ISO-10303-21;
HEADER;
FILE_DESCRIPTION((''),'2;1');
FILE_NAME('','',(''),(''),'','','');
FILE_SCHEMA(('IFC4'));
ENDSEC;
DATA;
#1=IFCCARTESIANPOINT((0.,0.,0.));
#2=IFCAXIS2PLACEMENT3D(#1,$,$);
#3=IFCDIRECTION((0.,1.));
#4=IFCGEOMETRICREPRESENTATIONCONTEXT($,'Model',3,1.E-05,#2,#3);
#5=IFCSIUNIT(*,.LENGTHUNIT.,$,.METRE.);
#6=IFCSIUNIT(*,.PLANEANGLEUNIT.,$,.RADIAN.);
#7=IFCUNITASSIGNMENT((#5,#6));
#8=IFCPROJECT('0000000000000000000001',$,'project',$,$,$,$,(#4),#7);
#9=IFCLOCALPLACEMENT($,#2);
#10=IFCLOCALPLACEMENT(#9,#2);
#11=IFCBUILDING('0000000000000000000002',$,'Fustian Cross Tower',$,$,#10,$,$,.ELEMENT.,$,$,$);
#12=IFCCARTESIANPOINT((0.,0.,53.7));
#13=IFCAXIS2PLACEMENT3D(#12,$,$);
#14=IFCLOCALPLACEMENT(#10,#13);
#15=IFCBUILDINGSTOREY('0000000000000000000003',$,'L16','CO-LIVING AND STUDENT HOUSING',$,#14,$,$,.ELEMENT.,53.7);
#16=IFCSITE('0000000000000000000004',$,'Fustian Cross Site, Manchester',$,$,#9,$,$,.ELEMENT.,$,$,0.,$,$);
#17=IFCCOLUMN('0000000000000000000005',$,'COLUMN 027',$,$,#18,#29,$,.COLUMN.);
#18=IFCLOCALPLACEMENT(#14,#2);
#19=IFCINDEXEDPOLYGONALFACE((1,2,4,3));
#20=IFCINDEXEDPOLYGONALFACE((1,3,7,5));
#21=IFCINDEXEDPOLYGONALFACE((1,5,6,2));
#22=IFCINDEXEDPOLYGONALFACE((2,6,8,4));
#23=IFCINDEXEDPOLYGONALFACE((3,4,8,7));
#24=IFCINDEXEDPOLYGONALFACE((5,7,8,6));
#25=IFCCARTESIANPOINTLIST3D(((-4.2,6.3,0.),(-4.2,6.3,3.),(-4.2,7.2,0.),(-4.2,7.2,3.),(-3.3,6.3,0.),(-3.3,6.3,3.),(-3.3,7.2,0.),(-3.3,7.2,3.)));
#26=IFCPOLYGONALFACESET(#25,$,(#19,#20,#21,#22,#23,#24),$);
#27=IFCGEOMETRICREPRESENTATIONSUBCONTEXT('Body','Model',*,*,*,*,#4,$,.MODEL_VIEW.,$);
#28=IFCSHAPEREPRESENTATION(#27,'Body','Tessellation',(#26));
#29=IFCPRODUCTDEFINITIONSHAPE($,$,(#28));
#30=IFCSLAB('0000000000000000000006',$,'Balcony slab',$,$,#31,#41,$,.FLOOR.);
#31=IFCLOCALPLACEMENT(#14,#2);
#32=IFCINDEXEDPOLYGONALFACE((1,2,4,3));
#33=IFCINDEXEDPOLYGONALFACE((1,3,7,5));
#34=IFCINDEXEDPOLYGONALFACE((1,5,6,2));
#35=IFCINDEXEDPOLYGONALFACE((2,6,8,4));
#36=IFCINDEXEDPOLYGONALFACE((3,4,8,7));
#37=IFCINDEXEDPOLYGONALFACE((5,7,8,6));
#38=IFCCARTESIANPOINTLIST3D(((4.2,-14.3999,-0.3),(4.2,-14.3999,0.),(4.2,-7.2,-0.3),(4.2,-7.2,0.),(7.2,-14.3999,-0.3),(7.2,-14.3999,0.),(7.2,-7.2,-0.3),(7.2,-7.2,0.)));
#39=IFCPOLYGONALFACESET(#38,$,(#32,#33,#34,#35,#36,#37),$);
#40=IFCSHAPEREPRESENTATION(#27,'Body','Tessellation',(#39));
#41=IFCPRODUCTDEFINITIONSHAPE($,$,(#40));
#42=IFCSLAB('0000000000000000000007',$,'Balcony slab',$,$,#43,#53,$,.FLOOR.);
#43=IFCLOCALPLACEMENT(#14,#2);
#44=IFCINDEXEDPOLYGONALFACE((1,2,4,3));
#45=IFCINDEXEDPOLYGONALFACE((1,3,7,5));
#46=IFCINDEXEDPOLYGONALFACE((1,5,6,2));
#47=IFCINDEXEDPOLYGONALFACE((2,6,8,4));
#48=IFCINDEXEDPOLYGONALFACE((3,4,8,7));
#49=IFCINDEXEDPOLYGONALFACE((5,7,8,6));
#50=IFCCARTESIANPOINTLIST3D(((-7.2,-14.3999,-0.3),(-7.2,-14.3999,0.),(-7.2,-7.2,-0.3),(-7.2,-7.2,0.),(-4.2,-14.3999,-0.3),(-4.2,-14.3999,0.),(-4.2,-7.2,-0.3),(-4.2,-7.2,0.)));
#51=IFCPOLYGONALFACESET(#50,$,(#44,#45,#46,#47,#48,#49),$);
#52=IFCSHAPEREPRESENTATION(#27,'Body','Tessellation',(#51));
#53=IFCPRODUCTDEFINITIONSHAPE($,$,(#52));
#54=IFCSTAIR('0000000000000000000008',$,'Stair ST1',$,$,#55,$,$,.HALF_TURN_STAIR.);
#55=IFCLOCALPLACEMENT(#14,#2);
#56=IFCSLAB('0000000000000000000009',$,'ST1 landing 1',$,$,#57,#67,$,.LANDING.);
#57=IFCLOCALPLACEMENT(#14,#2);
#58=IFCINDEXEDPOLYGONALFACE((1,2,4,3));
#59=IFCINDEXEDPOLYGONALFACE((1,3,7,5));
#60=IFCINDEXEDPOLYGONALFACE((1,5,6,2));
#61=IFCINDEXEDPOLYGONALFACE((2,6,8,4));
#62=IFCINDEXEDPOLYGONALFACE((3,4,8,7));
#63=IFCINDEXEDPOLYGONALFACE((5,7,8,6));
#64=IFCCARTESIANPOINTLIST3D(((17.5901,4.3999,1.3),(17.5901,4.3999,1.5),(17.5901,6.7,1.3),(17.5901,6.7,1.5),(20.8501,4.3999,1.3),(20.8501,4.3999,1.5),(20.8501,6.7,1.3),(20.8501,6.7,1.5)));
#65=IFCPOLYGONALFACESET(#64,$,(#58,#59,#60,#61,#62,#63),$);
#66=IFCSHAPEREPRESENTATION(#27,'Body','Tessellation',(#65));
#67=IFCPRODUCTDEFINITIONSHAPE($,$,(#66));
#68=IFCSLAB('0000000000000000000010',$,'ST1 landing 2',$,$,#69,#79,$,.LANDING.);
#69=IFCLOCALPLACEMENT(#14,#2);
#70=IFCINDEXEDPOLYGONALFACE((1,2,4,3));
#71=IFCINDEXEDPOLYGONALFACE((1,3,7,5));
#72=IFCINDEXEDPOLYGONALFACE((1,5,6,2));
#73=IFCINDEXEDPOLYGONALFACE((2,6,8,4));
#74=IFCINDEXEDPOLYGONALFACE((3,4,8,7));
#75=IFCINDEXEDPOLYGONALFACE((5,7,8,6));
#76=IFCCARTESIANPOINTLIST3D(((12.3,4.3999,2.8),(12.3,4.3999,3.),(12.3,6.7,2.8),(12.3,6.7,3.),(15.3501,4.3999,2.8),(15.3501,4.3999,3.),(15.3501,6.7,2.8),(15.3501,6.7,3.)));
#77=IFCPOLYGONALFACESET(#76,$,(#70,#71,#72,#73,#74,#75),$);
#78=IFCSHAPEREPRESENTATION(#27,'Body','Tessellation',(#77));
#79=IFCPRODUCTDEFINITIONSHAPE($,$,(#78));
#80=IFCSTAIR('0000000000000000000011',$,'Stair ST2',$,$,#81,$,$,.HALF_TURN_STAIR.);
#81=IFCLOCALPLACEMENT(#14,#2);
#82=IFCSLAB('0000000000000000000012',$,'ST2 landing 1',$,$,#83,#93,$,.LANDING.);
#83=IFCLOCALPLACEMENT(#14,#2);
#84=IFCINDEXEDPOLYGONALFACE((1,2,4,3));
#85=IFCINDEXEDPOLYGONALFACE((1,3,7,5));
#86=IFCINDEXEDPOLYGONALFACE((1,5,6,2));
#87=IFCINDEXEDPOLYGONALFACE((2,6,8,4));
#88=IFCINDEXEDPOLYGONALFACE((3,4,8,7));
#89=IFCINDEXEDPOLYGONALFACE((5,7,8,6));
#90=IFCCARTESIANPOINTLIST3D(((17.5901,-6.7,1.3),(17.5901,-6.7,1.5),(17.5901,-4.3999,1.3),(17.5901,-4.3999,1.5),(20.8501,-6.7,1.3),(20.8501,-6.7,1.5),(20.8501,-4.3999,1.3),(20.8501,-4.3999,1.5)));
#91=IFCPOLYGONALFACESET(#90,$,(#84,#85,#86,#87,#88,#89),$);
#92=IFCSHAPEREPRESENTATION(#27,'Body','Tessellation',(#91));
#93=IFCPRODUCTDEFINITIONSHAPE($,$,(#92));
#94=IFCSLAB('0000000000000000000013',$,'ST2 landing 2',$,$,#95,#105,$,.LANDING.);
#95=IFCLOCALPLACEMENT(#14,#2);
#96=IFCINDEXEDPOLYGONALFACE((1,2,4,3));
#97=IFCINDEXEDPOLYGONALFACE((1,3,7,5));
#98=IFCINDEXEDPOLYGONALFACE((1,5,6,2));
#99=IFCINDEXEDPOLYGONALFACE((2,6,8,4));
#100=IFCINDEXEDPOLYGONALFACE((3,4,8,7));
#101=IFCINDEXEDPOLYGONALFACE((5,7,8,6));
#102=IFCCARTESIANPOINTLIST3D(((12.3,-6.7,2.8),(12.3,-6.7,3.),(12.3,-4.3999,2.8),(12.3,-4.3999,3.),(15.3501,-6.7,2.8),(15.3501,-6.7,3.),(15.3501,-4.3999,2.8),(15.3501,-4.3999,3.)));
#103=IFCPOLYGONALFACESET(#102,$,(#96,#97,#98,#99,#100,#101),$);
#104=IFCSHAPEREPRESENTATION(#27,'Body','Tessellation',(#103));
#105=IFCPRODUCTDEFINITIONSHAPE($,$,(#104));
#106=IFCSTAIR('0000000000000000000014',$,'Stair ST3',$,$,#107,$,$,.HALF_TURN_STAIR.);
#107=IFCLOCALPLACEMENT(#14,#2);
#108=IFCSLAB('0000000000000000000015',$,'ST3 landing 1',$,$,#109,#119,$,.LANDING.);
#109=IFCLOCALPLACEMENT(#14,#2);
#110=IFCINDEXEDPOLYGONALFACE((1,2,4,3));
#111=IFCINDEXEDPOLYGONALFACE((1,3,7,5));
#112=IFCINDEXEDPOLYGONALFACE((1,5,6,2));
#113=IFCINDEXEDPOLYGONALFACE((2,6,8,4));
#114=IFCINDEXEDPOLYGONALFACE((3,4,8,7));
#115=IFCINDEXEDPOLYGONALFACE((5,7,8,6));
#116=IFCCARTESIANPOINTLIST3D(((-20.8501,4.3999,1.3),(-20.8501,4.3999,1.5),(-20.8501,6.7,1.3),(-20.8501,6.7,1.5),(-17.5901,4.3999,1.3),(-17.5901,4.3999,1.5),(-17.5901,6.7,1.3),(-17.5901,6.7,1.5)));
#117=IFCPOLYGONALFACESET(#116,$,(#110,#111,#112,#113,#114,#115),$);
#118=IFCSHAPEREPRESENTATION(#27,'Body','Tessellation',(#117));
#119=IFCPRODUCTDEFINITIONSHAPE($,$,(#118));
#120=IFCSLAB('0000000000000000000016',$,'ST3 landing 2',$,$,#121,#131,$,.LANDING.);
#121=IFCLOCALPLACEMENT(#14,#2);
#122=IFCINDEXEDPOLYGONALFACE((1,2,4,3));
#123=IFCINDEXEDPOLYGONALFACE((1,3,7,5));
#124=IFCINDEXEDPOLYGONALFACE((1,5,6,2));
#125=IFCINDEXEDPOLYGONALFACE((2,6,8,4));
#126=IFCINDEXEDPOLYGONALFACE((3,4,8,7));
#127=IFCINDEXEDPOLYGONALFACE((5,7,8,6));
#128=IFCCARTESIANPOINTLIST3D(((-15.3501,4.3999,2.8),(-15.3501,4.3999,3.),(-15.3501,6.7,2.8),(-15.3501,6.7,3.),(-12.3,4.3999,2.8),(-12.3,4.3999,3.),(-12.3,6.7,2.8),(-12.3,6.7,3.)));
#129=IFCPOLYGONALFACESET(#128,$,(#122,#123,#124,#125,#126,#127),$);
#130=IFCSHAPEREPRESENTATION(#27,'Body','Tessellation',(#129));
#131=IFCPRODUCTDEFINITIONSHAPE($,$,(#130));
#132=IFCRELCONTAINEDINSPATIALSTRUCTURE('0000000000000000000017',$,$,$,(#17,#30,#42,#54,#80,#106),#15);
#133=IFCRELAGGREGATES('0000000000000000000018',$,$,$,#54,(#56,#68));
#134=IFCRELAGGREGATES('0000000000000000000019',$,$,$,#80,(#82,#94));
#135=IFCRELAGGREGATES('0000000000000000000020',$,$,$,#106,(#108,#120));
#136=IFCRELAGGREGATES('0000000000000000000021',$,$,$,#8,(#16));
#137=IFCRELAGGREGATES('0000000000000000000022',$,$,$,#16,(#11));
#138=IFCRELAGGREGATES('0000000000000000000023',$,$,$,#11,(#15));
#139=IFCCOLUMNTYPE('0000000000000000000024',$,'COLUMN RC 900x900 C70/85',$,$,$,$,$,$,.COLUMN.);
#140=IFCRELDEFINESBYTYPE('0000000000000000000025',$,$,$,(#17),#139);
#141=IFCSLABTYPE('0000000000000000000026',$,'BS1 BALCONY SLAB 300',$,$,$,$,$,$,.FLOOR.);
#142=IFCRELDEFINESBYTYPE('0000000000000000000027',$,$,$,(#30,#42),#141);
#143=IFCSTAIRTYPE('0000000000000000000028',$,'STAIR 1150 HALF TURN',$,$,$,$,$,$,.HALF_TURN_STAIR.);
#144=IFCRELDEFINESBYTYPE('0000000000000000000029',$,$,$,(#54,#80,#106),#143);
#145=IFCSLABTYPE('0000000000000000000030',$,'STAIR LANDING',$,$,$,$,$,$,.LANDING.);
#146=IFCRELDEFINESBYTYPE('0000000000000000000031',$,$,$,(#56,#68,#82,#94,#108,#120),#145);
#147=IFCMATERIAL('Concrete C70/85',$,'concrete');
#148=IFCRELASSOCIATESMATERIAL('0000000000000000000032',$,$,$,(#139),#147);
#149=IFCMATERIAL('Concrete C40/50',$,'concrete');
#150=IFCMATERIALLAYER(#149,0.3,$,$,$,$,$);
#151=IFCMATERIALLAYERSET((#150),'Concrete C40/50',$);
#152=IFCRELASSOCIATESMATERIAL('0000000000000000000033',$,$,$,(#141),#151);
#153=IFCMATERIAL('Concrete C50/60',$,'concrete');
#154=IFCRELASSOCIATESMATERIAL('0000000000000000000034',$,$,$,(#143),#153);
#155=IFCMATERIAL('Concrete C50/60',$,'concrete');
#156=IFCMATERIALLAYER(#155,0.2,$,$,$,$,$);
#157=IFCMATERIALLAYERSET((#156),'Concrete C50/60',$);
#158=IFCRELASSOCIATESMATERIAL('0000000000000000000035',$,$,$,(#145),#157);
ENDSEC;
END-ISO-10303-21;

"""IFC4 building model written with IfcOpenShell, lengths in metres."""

from ifc_helpers import new_model, si_unit, direction, frame, origin, origin_2d, place, context, subcontext, project, spatial, polyline, rectangle, outline, extrude, material, layer, layer_set, material_profile, profile_set, type_object, element, aggregate, save


model = new_model("IFC4")

# Units and contexts
model_context = context("Model", 3, precision=1e-05, world=origin(), true_north=direction((0.0, 1.0)))
body_context = subcontext(model_context, "Body", "Model", "MODEL_VIEW")
ifc_project = project(units=[si_unit("LENGTHUNIT", "METRE"), si_unit("PLANEANGLEUNIT", "RADIAN")], contexts=[model_context])

# Site, building, storey
site_placement = place(None, origin())
site = spatial("IfcSite", under=ifc_project, at=site_placement, Name="Fustian Cross Site, Manchester", CompositionType="ELEMENT", RefElevation=0.0)
building_placement = place(site_placement, origin())
building = spatial("IfcBuilding", under=site, at=building_placement, Name="Fustian Cross Tower", CompositionType="ELEMENT")
storey_placement = place(building_placement, frame((0.0, 0.0, 53.7)))
storey = spatial("IfcBuildingStorey", under=building, at=storey_placement, Name="L16", Description="CO-LIVING AND STUDENT HOUSING", CompositionType="ELEMENT", Elevation=53.7)

# Column
ifc_material_1 = material(Name="Concrete C70/85", Category="concrete")
ifc_material_profile = material_profile(ifc_material_1, rectangle(XDim=0.8999, YDim=0.8999, at=origin_2d()), Name="RC 900x900")
ifc_profile_set = profile_set([ifc_material_profile], Name="Concrete C70/85")
column_type = type_object("IfcColumnType", Name="COLUMN RC 900x900 C70/85", PredefinedType="COLUMN", material=ifc_profile_set)
column_placement = place(storey_placement, frame((-3.75, 6.75, 0.0), z_axis=(0.0, 0.0, 1.0), x_axis=(1.0, 0.0, 0.0)))
element("IfcColumn", 1, at=column_placement, inside=storey, type_object=column_type, Name="COLUMN 027", PredefinedType="COLUMN", context=body_context, shape_type="SweptSolid", body=[
    extrude(rectangle(XDim=0.8999, YDim=0.8999, at=origin_2d()), origin(), (0.0, 0.0, 1.0), 3.0),
])

# Slabs
ifc_material_2 = material(Name="Concrete C40/50", Category="concrete")
ifc_layer_1 = layer(ifc_material_2, 0.3)
ifc_layer_set_1 = layer_set([ifc_layer_1], Name="Concrete C40/50")
slab_type_1 = type_object("IfcSlabType", Name="BS1 BALCONY SLAB 300", PredefinedType="FLOOR", material=ifc_layer_set_1)
slab_1_placement = place(storey_placement, frame((0.0, 0.0, -0.3)))
element("IfcSlab", 2, at=slab_1_placement, inside=storey, type_object=slab_type_1, Name="Balcony slab", PredefinedType="FLOOR", context=body_context, shape_type="SweptSolid", body=[
    extrude(outline(polyline([(4.2, -14.3999), (7.2, -14.3999), (7.2, -7.2), (4.2, -7.2), (4.2, -14.3999)])), origin(), (0.0, 0.0, 1.0), 0.3),
])
slab_2_placement = place(storey_placement, frame((0.0, 0.0, -0.3)))
element("IfcSlab", 3, at=slab_2_placement, inside=storey, type_object=slab_type_1, Name="Balcony slab", PredefinedType="FLOOR", context=body_context, shape_type="SweptSolid", body=[
    extrude(outline(polyline([(-7.2, -14.3999), (-4.2, -14.3999), (-4.2, -7.2), (-7.2, -7.2), (-7.2, -14.3999)])), origin(), (0.0, 0.0, 1.0), 0.3),
])

# Stairs, slabs
ifc_material_3 = material(Name="Concrete C50/60", Category="concrete")
stair_type = type_object("IfcStairType", Name="STAIR 1150 HALF TURN", PredefinedType="HALF_TURN_STAIR", material=ifc_material_3)
stair_1_placement = place(storey_placement, origin())
stair_1 = element("IfcStair", 4, at=stair_1_placement, inside=storey, type_object=stair_type, Name="Stair ST1", PredefinedType="HALF_TURN_STAIR")
ifc_material_4 = material(Name="Concrete C50/60", Category="concrete")
ifc_layer_2 = layer(ifc_material_4, 0.2)
ifc_layer_set_2 = layer_set([ifc_layer_2], Name="Concrete C50/60")
slab_type_2 = type_object("IfcSlabType", Name="STAIR LANDING", PredefinedType="LANDING", material=ifc_layer_set_2)
slab_3_placement = place(storey_placement, frame((0.0, 0.0, 1.3)))
slab_3 = element("IfcSlab", 5, at=slab_3_placement, type_object=slab_type_2, Name="ST1 landing 1", PredefinedType="LANDING", context=body_context, shape_type="SweptSolid", body=[
    extrude(outline(polyline([(17.5901, 4.3999), (20.8501, 4.3999), (20.8501, 6.7), (17.5901, 6.7), (17.5901, 4.3999)])), origin(), (0.0, 0.0, 1.0), 0.2),
])
slab_4_placement = place(storey_placement, frame((0.0, 0.0, 2.8)))
slab_4 = element("IfcSlab", 6, at=slab_4_placement, type_object=slab_type_2, Name="ST1 landing 2", PredefinedType="LANDING", context=body_context, shape_type="SweptSolid", body=[
    extrude(outline(polyline([(12.3, 4.3999), (15.3501, 4.3999), (15.3501, 6.7), (12.3, 6.7), (12.3, 4.3999)])), origin(), (0.0, 0.0, 1.0), 0.2),
])
aggregate(stair_1, [slab_3, slab_4])
stair_2_placement = place(storey_placement, origin())
stair_2 = element("IfcStair", 7, at=stair_2_placement, inside=storey, type_object=stair_type, Name="Stair ST2", PredefinedType="HALF_TURN_STAIR")
slab_5_placement = place(storey_placement, frame((0.0, 0.0, 1.3)))
slab_5 = element("IfcSlab", 8, at=slab_5_placement, type_object=slab_type_2, Name="ST2 landing 1", PredefinedType="LANDING", context=body_context, shape_type="SweptSolid", body=[
    extrude(outline(polyline([(17.5901, -4.3999), (20.8501, -4.3999), (20.8501, -6.7), (17.5901, -6.7), (17.5901, -4.3999)])), origin(), (0.0, 0.0, 1.0), 0.2),
])
slab_6_placement = place(storey_placement, frame((0.0, 0.0, 2.8)))
slab_6 = element("IfcSlab", 9, at=slab_6_placement, type_object=slab_type_2, Name="ST2 landing 2", PredefinedType="LANDING", context=body_context, shape_type="SweptSolid", body=[
    extrude(outline(polyline([(12.3, -4.3999), (15.3501, -4.3999), (15.3501, -6.7), (12.3, -6.7), (12.3, -4.3999)])), origin(), (0.0, 0.0, 1.0), 0.2),
])
aggregate(stair_2, [slab_5, slab_6])
stair_3_placement = place(storey_placement, origin())
stair_3 = element("IfcStair", 10, at=stair_3_placement, inside=storey, type_object=stair_type, Name="Stair ST3", PredefinedType="HALF_TURN_STAIR")
slab_7_placement = place(storey_placement, frame((0.0, 0.0, 1.3)))
slab_7 = element("IfcSlab", 11, at=slab_7_placement, type_object=slab_type_2, Name="ST3 landing 1", PredefinedType="LANDING", context=body_context, shape_type="SweptSolid", body=[
    extrude(outline(polyline([(-17.5901, 4.3999), (-20.8501, 4.3999), (-20.8501, 6.7), (-17.5901, 6.7), (-17.5901, 4.3999)])), origin(), (0.0, 0.0, 1.0), 0.2),
])
slab_8_placement = place(storey_placement, frame((0.0, 0.0, 2.8)))
slab_8 = element("IfcSlab", 12, at=slab_8_placement, type_object=slab_type_2, Name="ST3 landing 2", PredefinedType="LANDING", context=body_context, shape_type="SweptSolid", body=[
    extrude(outline(polyline([(-12.3, 4.3999), (-15.3501, 4.3999), (-15.3501, 6.7), (-12.3, 6.7), (-12.3, 4.3999)])), origin(), (0.0, 0.0, 1.0), 0.2),
])
aggregate(stair_3, [slab_7, slab_8])

save(model, "model.ifc")
